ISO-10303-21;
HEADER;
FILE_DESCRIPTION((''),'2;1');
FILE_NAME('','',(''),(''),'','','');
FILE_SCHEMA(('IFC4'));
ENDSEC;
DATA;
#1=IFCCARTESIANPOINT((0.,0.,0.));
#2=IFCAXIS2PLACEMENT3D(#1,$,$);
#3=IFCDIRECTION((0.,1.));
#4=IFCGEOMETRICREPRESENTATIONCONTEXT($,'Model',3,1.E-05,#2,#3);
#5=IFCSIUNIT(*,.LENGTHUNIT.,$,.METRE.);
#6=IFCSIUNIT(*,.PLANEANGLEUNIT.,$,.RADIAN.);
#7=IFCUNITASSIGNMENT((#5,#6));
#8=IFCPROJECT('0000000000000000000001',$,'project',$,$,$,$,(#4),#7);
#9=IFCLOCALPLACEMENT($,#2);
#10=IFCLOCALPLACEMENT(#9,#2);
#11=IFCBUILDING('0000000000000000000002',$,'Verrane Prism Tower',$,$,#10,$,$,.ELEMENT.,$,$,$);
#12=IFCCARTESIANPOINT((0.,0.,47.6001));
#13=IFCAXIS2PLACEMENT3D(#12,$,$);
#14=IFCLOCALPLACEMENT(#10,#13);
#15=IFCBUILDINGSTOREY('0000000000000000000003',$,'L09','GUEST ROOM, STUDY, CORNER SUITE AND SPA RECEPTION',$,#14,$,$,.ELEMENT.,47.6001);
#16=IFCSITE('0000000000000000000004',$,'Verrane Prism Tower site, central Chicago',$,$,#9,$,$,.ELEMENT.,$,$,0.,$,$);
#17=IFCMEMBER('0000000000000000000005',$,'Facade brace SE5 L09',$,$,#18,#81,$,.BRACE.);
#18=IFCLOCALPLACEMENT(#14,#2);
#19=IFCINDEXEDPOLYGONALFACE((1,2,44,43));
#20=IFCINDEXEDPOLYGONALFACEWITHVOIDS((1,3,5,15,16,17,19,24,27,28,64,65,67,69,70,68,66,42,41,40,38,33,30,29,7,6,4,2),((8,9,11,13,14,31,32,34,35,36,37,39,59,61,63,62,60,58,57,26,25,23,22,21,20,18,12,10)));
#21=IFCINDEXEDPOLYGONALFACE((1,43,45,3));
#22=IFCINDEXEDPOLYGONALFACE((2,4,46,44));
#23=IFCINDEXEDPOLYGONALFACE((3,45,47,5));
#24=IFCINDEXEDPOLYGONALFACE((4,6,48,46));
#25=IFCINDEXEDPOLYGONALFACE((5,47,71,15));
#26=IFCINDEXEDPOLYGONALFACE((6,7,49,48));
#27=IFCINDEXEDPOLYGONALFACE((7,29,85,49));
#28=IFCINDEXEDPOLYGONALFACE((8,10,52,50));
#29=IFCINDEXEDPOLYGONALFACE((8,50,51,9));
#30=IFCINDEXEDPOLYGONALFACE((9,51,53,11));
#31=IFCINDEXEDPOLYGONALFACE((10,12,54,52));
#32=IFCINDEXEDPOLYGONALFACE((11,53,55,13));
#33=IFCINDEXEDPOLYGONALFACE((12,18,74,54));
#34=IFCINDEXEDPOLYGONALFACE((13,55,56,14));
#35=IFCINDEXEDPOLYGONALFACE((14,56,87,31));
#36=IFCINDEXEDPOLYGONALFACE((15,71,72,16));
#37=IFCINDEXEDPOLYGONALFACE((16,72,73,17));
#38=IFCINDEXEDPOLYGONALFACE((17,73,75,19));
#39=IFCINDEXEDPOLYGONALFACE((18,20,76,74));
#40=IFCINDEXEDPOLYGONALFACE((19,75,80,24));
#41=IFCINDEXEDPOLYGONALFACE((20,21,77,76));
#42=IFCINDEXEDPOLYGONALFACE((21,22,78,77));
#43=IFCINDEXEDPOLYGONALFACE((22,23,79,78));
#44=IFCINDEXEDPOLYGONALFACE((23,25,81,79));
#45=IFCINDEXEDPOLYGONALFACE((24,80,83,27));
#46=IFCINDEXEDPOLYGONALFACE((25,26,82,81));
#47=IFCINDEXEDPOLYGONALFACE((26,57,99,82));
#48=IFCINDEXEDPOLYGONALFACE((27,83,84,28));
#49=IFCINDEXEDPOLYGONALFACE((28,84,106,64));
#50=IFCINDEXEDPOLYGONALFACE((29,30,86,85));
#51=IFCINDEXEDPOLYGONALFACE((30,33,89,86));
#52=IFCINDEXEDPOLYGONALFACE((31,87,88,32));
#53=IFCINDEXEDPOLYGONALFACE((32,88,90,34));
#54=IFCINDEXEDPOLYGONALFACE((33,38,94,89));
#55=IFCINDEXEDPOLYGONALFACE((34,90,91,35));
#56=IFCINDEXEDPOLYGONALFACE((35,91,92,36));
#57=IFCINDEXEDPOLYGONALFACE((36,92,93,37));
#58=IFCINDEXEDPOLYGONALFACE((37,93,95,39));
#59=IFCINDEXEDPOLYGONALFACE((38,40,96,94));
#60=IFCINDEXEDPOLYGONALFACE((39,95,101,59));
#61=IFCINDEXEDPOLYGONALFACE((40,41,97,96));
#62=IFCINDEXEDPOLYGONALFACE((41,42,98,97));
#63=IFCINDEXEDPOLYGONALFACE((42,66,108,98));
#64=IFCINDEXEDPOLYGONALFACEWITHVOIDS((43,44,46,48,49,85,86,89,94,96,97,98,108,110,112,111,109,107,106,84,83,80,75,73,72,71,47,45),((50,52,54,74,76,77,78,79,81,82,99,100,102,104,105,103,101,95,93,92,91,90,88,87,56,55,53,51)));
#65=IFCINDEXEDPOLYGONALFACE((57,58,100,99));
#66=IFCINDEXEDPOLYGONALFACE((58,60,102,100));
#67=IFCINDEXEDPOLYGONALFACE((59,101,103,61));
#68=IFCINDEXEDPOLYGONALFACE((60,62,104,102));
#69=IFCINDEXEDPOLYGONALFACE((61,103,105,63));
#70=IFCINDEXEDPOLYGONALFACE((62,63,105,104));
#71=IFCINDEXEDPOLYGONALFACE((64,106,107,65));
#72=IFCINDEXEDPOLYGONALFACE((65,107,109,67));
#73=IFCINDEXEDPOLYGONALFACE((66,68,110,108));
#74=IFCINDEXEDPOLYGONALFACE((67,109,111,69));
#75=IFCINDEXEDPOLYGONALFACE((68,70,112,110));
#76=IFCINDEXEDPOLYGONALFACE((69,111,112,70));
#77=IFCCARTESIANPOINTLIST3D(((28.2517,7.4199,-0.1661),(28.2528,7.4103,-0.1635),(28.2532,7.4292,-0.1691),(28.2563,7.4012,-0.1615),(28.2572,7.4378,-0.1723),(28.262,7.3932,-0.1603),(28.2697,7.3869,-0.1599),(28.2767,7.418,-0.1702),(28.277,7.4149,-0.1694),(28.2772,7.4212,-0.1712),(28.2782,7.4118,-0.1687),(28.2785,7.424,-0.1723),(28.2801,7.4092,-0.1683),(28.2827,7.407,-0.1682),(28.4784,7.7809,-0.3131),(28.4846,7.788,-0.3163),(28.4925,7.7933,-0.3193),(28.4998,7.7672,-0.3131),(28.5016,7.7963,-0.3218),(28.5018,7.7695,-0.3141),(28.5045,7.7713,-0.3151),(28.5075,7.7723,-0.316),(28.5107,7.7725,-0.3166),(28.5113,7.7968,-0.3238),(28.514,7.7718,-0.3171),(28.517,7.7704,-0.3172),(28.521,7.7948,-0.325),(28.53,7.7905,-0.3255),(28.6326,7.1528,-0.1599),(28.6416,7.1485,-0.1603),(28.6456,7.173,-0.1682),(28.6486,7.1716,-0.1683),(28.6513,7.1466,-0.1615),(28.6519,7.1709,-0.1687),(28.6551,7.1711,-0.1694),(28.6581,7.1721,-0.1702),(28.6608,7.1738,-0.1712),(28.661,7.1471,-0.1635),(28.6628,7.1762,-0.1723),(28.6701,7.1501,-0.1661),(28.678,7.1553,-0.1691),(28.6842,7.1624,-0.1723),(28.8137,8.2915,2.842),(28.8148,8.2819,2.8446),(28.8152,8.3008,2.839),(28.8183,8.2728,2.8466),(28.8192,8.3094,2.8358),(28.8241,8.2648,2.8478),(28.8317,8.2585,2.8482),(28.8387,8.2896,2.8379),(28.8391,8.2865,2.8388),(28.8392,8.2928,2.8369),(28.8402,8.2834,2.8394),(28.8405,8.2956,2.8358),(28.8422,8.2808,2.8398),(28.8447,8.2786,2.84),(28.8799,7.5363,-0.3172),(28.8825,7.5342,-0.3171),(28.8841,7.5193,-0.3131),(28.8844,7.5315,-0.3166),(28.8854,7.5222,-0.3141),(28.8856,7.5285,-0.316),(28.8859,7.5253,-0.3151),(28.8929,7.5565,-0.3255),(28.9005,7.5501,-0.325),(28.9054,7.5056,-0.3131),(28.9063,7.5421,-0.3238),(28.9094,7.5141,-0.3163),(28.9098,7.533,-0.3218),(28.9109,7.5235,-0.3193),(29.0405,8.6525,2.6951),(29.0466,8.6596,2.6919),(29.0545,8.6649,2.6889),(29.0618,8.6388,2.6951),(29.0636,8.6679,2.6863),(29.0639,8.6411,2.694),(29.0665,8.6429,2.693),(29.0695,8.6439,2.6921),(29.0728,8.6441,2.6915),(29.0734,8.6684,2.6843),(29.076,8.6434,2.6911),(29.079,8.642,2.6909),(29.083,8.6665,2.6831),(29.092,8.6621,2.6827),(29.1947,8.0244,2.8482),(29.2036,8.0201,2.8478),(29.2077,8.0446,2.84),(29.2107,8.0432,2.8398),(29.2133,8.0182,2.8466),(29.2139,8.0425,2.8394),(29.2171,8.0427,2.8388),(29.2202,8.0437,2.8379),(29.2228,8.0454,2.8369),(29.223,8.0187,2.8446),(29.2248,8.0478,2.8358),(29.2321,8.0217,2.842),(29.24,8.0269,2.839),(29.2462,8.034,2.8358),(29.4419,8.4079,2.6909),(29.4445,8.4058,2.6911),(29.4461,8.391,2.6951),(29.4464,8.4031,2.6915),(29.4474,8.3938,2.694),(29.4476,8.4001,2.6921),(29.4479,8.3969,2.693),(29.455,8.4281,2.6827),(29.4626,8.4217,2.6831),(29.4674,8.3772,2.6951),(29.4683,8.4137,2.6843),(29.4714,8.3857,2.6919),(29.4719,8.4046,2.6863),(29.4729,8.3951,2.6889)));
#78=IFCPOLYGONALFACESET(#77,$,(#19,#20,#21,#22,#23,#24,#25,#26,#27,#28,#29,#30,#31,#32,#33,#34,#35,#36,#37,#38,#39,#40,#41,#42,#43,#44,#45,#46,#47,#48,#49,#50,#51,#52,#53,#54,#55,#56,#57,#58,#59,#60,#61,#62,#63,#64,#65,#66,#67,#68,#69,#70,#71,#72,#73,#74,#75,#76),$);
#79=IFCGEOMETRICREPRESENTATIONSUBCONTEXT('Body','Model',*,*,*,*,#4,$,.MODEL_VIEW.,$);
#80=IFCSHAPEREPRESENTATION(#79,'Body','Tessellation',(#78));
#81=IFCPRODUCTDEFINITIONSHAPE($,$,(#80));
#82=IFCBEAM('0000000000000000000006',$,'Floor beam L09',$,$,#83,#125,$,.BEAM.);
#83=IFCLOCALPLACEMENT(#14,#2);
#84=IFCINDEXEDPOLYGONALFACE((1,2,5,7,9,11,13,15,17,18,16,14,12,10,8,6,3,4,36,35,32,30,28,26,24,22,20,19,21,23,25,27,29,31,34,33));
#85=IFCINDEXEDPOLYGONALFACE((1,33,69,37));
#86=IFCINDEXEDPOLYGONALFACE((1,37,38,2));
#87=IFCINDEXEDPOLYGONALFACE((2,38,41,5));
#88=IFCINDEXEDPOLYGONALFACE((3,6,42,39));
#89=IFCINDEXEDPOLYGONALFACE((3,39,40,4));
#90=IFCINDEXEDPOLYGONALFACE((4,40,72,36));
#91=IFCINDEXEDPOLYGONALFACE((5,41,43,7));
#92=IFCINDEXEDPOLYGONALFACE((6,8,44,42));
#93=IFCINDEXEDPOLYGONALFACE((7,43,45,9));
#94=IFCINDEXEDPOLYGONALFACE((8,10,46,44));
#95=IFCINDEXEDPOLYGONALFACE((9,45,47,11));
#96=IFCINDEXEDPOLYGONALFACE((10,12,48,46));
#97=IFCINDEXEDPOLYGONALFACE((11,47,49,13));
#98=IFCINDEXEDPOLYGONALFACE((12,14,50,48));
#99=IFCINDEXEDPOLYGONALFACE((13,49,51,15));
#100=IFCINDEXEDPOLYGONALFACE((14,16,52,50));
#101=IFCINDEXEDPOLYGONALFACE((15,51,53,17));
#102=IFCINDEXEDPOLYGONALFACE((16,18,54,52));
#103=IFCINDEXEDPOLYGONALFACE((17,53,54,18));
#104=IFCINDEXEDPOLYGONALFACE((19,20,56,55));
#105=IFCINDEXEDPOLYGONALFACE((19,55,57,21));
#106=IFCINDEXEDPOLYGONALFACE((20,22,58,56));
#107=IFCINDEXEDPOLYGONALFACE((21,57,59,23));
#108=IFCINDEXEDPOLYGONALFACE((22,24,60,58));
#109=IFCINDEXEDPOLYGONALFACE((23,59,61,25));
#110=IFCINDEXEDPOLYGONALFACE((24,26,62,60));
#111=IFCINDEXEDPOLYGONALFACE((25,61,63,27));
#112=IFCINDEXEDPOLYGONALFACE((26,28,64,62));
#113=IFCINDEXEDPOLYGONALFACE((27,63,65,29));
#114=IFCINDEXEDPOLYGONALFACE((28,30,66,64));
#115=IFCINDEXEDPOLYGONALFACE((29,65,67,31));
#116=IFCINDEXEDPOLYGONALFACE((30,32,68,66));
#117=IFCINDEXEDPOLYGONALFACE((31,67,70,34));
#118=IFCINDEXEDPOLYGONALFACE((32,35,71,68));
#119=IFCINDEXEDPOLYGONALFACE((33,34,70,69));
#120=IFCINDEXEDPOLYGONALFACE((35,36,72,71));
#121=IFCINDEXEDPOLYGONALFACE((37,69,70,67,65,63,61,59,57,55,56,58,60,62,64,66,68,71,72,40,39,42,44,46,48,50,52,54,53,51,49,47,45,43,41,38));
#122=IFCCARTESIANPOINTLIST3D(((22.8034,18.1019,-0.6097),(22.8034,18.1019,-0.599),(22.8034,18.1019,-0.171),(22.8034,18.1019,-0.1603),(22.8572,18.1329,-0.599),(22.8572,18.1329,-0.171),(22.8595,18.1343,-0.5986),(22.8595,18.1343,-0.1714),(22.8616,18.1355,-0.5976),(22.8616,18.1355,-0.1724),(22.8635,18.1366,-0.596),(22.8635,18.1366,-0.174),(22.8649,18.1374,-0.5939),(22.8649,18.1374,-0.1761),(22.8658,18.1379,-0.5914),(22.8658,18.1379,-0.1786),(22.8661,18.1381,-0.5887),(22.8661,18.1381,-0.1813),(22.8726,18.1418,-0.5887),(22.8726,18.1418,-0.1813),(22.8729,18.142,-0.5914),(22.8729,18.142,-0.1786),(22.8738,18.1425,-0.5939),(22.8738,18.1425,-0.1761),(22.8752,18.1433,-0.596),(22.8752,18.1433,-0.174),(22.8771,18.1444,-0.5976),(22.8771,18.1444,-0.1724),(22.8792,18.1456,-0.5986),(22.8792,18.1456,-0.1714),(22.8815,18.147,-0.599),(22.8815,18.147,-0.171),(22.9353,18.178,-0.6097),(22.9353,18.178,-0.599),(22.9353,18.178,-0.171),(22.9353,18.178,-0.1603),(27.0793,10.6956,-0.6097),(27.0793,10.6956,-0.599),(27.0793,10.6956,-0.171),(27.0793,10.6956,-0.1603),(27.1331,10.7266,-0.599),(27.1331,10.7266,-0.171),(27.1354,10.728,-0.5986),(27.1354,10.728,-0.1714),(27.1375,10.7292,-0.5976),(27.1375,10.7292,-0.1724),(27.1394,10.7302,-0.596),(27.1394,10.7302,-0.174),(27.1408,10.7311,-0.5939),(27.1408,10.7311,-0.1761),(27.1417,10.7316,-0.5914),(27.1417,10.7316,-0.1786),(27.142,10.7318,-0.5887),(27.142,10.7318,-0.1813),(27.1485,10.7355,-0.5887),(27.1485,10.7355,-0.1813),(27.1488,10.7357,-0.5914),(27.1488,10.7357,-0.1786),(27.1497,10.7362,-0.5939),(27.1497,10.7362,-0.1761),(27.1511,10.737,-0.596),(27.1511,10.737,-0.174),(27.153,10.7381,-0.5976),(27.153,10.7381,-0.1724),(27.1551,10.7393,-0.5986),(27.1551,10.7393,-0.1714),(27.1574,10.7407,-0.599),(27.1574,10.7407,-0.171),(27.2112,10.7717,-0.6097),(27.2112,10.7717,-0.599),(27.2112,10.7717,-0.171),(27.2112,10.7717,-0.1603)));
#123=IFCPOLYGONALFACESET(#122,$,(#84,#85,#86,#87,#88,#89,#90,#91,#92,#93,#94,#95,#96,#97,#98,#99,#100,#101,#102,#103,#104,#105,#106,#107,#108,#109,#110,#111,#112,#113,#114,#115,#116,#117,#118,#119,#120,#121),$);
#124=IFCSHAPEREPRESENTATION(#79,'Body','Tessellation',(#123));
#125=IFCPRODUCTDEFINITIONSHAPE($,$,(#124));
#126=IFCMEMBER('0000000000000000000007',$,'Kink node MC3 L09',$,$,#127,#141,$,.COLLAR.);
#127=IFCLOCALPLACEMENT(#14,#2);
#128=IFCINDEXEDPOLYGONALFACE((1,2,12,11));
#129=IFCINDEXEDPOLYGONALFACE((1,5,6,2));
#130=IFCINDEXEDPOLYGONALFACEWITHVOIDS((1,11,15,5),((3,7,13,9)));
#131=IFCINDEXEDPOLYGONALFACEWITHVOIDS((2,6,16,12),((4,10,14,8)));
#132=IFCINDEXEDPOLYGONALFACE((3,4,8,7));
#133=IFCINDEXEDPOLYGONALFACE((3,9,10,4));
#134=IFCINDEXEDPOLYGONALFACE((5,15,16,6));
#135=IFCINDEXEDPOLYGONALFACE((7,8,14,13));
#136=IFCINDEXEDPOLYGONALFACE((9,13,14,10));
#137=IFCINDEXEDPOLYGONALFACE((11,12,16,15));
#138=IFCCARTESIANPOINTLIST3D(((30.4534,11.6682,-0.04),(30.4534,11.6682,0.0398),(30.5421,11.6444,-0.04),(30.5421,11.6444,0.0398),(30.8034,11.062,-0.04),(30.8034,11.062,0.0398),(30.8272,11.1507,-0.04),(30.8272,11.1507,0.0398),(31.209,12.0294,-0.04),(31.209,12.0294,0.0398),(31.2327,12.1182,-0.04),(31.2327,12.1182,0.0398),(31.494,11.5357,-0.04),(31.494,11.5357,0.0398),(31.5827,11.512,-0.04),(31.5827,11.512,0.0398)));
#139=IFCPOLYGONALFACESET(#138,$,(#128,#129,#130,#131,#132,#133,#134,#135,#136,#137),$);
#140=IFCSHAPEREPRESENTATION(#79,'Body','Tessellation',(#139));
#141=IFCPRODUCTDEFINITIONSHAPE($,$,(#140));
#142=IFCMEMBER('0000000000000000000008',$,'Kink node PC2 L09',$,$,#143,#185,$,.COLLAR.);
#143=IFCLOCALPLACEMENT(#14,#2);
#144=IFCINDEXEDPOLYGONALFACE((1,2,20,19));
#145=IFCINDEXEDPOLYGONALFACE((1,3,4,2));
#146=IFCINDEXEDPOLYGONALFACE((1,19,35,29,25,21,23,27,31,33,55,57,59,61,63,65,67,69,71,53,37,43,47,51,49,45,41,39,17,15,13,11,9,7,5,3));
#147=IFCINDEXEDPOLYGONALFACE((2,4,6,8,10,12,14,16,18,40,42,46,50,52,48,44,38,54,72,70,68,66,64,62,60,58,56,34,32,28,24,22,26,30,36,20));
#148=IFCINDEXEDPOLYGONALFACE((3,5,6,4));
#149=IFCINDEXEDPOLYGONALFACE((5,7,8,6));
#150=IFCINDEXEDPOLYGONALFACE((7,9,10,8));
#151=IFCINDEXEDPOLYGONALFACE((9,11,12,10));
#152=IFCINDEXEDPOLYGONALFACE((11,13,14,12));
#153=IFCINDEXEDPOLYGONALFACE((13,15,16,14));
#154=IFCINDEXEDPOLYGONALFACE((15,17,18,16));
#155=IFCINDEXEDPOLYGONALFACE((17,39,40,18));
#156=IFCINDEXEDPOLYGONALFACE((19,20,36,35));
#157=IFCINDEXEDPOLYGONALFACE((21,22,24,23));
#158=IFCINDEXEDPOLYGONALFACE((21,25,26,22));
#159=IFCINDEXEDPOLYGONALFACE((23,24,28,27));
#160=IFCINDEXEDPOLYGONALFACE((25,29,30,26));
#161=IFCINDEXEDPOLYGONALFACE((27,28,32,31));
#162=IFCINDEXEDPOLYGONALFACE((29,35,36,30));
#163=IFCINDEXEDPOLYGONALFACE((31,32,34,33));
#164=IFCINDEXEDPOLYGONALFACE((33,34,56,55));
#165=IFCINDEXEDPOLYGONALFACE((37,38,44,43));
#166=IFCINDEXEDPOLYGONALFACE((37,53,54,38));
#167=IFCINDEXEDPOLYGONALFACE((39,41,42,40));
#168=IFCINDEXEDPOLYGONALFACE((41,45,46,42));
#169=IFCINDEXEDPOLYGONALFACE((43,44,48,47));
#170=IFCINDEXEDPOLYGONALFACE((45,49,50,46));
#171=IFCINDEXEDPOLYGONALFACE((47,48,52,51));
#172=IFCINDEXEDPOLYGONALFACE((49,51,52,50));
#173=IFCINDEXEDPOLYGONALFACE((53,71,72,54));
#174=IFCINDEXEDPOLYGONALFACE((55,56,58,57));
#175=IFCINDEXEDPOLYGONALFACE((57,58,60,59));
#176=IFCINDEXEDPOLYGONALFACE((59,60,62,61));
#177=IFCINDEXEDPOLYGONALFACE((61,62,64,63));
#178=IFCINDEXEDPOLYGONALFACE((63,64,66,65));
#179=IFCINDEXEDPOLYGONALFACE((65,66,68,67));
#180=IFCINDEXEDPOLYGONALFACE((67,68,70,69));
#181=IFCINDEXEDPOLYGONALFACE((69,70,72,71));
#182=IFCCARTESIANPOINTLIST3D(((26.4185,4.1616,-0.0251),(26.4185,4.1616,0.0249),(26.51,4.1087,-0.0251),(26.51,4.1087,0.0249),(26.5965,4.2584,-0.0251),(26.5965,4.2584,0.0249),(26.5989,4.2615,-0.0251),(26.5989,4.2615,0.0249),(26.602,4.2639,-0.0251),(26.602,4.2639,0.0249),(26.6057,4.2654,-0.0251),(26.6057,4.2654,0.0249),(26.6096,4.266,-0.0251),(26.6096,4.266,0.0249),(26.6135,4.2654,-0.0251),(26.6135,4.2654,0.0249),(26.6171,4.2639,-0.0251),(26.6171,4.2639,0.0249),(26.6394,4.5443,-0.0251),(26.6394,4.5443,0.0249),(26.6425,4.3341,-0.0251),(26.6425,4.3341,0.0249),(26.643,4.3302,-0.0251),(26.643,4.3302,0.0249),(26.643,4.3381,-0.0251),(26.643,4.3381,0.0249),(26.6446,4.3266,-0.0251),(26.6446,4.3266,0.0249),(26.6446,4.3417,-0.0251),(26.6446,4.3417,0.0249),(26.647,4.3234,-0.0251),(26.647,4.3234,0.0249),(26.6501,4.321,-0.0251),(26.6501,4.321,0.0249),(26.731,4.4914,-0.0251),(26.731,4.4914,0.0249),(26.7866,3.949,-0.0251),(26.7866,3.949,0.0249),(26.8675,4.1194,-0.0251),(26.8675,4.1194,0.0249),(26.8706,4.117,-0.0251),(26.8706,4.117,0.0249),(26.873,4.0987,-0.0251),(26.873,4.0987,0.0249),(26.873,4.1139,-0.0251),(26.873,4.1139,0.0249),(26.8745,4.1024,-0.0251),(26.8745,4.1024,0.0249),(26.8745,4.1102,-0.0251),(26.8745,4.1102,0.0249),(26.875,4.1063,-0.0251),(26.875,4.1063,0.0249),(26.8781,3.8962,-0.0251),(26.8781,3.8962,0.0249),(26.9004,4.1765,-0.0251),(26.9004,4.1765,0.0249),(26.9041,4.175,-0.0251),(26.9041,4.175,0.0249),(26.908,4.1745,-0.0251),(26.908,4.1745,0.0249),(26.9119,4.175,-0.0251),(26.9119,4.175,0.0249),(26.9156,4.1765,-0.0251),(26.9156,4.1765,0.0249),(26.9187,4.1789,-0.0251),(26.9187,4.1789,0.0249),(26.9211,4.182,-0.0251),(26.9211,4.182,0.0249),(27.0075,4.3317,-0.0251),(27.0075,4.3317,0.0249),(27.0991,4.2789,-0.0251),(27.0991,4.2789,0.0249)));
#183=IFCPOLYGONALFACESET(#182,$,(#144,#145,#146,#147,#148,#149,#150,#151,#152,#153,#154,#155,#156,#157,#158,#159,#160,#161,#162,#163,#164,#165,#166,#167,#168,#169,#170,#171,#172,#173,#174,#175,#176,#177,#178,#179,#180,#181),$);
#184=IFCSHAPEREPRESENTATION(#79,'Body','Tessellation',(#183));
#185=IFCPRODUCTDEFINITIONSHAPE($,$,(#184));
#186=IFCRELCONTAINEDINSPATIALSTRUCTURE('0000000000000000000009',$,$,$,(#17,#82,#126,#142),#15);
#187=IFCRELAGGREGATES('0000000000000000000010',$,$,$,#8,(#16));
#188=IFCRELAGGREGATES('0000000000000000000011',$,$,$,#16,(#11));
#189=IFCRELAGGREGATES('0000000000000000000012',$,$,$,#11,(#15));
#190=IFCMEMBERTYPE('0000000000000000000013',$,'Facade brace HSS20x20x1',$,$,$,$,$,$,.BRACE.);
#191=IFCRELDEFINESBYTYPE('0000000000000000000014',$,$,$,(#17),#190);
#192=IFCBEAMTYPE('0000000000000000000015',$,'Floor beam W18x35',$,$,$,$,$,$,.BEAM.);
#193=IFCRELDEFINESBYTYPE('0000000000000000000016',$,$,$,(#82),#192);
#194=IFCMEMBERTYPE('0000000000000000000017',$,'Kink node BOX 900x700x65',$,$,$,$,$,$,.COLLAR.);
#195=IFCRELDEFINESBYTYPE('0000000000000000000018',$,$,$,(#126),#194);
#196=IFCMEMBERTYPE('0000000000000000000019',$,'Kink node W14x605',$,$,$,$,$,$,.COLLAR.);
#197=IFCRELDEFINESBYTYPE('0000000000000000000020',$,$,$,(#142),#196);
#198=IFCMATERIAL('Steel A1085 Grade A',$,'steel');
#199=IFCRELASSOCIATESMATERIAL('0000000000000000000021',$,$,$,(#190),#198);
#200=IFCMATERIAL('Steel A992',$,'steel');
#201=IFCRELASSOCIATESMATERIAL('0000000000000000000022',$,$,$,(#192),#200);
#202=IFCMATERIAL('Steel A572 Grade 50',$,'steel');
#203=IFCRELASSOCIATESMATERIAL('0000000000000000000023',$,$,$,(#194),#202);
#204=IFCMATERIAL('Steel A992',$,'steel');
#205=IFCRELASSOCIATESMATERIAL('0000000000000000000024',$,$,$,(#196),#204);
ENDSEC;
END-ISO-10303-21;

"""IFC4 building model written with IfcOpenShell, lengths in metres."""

from ifc_helpers import new_model, si_unit, direction, frame, origin, origin_2d, place, context, subcontext, project, spatial, hollow_rectangle, i_section, extrude, material, material_profile, profile_set, type_object, element, save


model = new_model("IFC4")

# Units and contexts
model_context = context("Model", 3, precision=1e-05, world=origin(), true_north=direction((0.0, 1.0)))
body_context = subcontext(model_context, "Body", "Model", "MODEL_VIEW")
ifc_project = project(units=[si_unit("LENGTHUNIT", "METRE"), si_unit("PLANEANGLEUNIT", "RADIAN")], contexts=[model_context])

# Site, building, storey
site_placement = place(None, origin())
site = spatial("IfcSite", under=ifc_project, at=site_placement, Name="Verrane Prism Tower site, central Chicago", CompositionType="ELEMENT", RefElevation=0.0)
building_placement = place(site_placement, origin())
building = spatial("IfcBuilding", under=site, at=building_placement, Name="Verrane Prism Tower", CompositionType="ELEMENT")
storey_placement = place(building_placement, frame((0.0, 0.0, 47.6001)))
storey = spatial("IfcBuildingStorey", under=building, at=storey_placement, Name="L09", Description="GUEST ROOM, STUDY, CORNER SUITE AND SPA RECEPTION", CompositionType="ELEMENT", Elevation=47.6001)

# Member
ifc_material_1 = material(Name="Steel A1085 Grade A", Category="steel")
ifc_material_profile_1 = material_profile(ifc_material_1, hollow_rectangle(XDim=0.5081, YDim=0.5081, WallThickness=0.0254, InnerFilletRadius=0.0127, OuterFilletRadius=0.0381, at=origin_2d()), Name="HSS20x20x1")
ifc_profile_set_1 = profile_set([ifc_material_profile_1], Name="Steel A1085 Grade A")
member_type_1 = type_object("IfcMemberType", Name="Facade brace HSS20x20x1", PredefinedType="BRACE", material=ifc_profile_set_1)
member_1_placement = place(storey_placement, frame((28.5813, 7.4717, -0.2427), z_axis=(0.176633, 0.273926, 0.945392), x_axis=(-0.840428, 0.541923, 0.0)))
element("IfcMember", 1, at=member_1_placement, inside=storey, type_object=member_type_1, Name="Facade brace SE5 L09", PredefinedType="BRACE", context=body_context, shape_type="SweptSolid", body=[
    extrude(hollow_rectangle(XDim=0.5081, YDim=0.5081, WallThickness=0.0254, InnerFilletRadius=0.0127, OuterFilletRadius=0.0381, at=origin_2d()), origin(), (0.0, 0.0, 1.0), 3.1819),
])

# Beam
ifc_material_2 = material(Name="Steel A992", Category="steel")
ifc_material_profile_2 = material_profile(ifc_material_2, i_section(OverallWidth=0.1523, OverallDepth=0.4495, WebThickness=0.0076, FlangeThickness=0.0107, FilletRadius=0.0103, at=origin_2d()), Name="W18x35")
ifc_profile_set_2 = profile_set([ifc_material_profile_2], Name="Steel A992")
beam_type_1 = type_object("IfcBeamType", Name="Floor beam W18x35", PredefinedType="BEAM", material=ifc_profile_set_2)
beam_1_placement = place(storey_placement, frame((27.1453, 10.7336, -0.385), z_axis=(-0.499989, 0.866032, 0.0), x_axis=(-0.866032, -0.499989, 0.0)))
element("IfcBeam", 2, at=beam_1_placement, inside=storey, type_object=beam_type_1, Name="Floor beam L09", PredefinedType="BEAM", context=body_context, shape_type="SweptSolid", body=[
    extrude(i_section(OverallWidth=0.1523, OverallDepth=0.4495, WebThickness=0.0076, FlangeThickness=0.0107, FilletRadius=0.0103, at=origin_2d()), origin(), (0.0, 0.0, 1.0), 8.552),
])

# Members
ifc_material_3 = material(Name="Steel A572 Grade 50", Category="steel")
ifc_material_profile_3 = material_profile(ifc_material_3, hollow_rectangle(XDim=0.7, YDim=0.8999, WallThickness=0.0649, at=origin_2d()), Name="BOX 900x700x65")
ifc_profile_set_3 = profile_set([ifc_material_profile_3], Name="Steel A572 Grade 50")
member_type_2 = type_object("IfcMemberType", Name="Kink node BOX 900x700x65", PredefinedType="COLLAR", material=ifc_profile_set_3)
member_2_placement = place(storey_placement, frame((31.0181, 11.5901, -0.04), z_axis=(0.0, 0.0, 1.0), x_axis=(0.5, -0.866025, 0.0)))
element("IfcMember", 3, at=member_2_placement, inside=storey, type_object=member_type_2, Name="Kink node MC3 L09", PredefinedType="COLLAR", context=body_context, shape_type="SweptSolid", body=[
    extrude(hollow_rectangle(XDim=0.7, YDim=0.8999, WallThickness=0.0649, at=origin_2d()), origin(), (0.0, 0.0, 1.0), 0.0798),
])
ifc_material_4 = material(Name="Steel A992", Category="steel")
ifc_material_profile_4 = material_profile(ifc_material_4, i_section(OverallWidth=0.4419, OverallDepth=0.5308, WebThickness=0.0659, FlangeThickness=0.1057, FilletRadius=0.0151, at=origin_2d()), Name="W14x605")
ifc_profile_set_4 = profile_set([ifc_material_profile_4], Name="Steel A992")
member_type_3 = type_object("IfcMemberType", Name="Kink node W14x605", PredefinedType="COLLAR", material=ifc_profile_set_4)
member_3_placement = place(storey_placement, frame((26.7588, 4.2202, -0.0251), z_axis=(0.0, 0.0, 1.0), x_axis=(-0.5, -0.866025, 0.0)))
element("IfcMember", 4, at=member_3_placement, inside=storey, type_object=member_type_3, Name="Kink node PC2 L09", PredefinedType="COLLAR", context=body_context, shape_type="SweptSolid", body=[
    extrude(i_section(OverallWidth=0.4419, OverallDepth=0.5308, WebThickness=0.0659, FlangeThickness=0.1057, FilletRadius=0.0151, at=origin_2d()), origin(), (0.0, 0.0, 1.0), 0.05),
])

save(model, "model.ifc")
